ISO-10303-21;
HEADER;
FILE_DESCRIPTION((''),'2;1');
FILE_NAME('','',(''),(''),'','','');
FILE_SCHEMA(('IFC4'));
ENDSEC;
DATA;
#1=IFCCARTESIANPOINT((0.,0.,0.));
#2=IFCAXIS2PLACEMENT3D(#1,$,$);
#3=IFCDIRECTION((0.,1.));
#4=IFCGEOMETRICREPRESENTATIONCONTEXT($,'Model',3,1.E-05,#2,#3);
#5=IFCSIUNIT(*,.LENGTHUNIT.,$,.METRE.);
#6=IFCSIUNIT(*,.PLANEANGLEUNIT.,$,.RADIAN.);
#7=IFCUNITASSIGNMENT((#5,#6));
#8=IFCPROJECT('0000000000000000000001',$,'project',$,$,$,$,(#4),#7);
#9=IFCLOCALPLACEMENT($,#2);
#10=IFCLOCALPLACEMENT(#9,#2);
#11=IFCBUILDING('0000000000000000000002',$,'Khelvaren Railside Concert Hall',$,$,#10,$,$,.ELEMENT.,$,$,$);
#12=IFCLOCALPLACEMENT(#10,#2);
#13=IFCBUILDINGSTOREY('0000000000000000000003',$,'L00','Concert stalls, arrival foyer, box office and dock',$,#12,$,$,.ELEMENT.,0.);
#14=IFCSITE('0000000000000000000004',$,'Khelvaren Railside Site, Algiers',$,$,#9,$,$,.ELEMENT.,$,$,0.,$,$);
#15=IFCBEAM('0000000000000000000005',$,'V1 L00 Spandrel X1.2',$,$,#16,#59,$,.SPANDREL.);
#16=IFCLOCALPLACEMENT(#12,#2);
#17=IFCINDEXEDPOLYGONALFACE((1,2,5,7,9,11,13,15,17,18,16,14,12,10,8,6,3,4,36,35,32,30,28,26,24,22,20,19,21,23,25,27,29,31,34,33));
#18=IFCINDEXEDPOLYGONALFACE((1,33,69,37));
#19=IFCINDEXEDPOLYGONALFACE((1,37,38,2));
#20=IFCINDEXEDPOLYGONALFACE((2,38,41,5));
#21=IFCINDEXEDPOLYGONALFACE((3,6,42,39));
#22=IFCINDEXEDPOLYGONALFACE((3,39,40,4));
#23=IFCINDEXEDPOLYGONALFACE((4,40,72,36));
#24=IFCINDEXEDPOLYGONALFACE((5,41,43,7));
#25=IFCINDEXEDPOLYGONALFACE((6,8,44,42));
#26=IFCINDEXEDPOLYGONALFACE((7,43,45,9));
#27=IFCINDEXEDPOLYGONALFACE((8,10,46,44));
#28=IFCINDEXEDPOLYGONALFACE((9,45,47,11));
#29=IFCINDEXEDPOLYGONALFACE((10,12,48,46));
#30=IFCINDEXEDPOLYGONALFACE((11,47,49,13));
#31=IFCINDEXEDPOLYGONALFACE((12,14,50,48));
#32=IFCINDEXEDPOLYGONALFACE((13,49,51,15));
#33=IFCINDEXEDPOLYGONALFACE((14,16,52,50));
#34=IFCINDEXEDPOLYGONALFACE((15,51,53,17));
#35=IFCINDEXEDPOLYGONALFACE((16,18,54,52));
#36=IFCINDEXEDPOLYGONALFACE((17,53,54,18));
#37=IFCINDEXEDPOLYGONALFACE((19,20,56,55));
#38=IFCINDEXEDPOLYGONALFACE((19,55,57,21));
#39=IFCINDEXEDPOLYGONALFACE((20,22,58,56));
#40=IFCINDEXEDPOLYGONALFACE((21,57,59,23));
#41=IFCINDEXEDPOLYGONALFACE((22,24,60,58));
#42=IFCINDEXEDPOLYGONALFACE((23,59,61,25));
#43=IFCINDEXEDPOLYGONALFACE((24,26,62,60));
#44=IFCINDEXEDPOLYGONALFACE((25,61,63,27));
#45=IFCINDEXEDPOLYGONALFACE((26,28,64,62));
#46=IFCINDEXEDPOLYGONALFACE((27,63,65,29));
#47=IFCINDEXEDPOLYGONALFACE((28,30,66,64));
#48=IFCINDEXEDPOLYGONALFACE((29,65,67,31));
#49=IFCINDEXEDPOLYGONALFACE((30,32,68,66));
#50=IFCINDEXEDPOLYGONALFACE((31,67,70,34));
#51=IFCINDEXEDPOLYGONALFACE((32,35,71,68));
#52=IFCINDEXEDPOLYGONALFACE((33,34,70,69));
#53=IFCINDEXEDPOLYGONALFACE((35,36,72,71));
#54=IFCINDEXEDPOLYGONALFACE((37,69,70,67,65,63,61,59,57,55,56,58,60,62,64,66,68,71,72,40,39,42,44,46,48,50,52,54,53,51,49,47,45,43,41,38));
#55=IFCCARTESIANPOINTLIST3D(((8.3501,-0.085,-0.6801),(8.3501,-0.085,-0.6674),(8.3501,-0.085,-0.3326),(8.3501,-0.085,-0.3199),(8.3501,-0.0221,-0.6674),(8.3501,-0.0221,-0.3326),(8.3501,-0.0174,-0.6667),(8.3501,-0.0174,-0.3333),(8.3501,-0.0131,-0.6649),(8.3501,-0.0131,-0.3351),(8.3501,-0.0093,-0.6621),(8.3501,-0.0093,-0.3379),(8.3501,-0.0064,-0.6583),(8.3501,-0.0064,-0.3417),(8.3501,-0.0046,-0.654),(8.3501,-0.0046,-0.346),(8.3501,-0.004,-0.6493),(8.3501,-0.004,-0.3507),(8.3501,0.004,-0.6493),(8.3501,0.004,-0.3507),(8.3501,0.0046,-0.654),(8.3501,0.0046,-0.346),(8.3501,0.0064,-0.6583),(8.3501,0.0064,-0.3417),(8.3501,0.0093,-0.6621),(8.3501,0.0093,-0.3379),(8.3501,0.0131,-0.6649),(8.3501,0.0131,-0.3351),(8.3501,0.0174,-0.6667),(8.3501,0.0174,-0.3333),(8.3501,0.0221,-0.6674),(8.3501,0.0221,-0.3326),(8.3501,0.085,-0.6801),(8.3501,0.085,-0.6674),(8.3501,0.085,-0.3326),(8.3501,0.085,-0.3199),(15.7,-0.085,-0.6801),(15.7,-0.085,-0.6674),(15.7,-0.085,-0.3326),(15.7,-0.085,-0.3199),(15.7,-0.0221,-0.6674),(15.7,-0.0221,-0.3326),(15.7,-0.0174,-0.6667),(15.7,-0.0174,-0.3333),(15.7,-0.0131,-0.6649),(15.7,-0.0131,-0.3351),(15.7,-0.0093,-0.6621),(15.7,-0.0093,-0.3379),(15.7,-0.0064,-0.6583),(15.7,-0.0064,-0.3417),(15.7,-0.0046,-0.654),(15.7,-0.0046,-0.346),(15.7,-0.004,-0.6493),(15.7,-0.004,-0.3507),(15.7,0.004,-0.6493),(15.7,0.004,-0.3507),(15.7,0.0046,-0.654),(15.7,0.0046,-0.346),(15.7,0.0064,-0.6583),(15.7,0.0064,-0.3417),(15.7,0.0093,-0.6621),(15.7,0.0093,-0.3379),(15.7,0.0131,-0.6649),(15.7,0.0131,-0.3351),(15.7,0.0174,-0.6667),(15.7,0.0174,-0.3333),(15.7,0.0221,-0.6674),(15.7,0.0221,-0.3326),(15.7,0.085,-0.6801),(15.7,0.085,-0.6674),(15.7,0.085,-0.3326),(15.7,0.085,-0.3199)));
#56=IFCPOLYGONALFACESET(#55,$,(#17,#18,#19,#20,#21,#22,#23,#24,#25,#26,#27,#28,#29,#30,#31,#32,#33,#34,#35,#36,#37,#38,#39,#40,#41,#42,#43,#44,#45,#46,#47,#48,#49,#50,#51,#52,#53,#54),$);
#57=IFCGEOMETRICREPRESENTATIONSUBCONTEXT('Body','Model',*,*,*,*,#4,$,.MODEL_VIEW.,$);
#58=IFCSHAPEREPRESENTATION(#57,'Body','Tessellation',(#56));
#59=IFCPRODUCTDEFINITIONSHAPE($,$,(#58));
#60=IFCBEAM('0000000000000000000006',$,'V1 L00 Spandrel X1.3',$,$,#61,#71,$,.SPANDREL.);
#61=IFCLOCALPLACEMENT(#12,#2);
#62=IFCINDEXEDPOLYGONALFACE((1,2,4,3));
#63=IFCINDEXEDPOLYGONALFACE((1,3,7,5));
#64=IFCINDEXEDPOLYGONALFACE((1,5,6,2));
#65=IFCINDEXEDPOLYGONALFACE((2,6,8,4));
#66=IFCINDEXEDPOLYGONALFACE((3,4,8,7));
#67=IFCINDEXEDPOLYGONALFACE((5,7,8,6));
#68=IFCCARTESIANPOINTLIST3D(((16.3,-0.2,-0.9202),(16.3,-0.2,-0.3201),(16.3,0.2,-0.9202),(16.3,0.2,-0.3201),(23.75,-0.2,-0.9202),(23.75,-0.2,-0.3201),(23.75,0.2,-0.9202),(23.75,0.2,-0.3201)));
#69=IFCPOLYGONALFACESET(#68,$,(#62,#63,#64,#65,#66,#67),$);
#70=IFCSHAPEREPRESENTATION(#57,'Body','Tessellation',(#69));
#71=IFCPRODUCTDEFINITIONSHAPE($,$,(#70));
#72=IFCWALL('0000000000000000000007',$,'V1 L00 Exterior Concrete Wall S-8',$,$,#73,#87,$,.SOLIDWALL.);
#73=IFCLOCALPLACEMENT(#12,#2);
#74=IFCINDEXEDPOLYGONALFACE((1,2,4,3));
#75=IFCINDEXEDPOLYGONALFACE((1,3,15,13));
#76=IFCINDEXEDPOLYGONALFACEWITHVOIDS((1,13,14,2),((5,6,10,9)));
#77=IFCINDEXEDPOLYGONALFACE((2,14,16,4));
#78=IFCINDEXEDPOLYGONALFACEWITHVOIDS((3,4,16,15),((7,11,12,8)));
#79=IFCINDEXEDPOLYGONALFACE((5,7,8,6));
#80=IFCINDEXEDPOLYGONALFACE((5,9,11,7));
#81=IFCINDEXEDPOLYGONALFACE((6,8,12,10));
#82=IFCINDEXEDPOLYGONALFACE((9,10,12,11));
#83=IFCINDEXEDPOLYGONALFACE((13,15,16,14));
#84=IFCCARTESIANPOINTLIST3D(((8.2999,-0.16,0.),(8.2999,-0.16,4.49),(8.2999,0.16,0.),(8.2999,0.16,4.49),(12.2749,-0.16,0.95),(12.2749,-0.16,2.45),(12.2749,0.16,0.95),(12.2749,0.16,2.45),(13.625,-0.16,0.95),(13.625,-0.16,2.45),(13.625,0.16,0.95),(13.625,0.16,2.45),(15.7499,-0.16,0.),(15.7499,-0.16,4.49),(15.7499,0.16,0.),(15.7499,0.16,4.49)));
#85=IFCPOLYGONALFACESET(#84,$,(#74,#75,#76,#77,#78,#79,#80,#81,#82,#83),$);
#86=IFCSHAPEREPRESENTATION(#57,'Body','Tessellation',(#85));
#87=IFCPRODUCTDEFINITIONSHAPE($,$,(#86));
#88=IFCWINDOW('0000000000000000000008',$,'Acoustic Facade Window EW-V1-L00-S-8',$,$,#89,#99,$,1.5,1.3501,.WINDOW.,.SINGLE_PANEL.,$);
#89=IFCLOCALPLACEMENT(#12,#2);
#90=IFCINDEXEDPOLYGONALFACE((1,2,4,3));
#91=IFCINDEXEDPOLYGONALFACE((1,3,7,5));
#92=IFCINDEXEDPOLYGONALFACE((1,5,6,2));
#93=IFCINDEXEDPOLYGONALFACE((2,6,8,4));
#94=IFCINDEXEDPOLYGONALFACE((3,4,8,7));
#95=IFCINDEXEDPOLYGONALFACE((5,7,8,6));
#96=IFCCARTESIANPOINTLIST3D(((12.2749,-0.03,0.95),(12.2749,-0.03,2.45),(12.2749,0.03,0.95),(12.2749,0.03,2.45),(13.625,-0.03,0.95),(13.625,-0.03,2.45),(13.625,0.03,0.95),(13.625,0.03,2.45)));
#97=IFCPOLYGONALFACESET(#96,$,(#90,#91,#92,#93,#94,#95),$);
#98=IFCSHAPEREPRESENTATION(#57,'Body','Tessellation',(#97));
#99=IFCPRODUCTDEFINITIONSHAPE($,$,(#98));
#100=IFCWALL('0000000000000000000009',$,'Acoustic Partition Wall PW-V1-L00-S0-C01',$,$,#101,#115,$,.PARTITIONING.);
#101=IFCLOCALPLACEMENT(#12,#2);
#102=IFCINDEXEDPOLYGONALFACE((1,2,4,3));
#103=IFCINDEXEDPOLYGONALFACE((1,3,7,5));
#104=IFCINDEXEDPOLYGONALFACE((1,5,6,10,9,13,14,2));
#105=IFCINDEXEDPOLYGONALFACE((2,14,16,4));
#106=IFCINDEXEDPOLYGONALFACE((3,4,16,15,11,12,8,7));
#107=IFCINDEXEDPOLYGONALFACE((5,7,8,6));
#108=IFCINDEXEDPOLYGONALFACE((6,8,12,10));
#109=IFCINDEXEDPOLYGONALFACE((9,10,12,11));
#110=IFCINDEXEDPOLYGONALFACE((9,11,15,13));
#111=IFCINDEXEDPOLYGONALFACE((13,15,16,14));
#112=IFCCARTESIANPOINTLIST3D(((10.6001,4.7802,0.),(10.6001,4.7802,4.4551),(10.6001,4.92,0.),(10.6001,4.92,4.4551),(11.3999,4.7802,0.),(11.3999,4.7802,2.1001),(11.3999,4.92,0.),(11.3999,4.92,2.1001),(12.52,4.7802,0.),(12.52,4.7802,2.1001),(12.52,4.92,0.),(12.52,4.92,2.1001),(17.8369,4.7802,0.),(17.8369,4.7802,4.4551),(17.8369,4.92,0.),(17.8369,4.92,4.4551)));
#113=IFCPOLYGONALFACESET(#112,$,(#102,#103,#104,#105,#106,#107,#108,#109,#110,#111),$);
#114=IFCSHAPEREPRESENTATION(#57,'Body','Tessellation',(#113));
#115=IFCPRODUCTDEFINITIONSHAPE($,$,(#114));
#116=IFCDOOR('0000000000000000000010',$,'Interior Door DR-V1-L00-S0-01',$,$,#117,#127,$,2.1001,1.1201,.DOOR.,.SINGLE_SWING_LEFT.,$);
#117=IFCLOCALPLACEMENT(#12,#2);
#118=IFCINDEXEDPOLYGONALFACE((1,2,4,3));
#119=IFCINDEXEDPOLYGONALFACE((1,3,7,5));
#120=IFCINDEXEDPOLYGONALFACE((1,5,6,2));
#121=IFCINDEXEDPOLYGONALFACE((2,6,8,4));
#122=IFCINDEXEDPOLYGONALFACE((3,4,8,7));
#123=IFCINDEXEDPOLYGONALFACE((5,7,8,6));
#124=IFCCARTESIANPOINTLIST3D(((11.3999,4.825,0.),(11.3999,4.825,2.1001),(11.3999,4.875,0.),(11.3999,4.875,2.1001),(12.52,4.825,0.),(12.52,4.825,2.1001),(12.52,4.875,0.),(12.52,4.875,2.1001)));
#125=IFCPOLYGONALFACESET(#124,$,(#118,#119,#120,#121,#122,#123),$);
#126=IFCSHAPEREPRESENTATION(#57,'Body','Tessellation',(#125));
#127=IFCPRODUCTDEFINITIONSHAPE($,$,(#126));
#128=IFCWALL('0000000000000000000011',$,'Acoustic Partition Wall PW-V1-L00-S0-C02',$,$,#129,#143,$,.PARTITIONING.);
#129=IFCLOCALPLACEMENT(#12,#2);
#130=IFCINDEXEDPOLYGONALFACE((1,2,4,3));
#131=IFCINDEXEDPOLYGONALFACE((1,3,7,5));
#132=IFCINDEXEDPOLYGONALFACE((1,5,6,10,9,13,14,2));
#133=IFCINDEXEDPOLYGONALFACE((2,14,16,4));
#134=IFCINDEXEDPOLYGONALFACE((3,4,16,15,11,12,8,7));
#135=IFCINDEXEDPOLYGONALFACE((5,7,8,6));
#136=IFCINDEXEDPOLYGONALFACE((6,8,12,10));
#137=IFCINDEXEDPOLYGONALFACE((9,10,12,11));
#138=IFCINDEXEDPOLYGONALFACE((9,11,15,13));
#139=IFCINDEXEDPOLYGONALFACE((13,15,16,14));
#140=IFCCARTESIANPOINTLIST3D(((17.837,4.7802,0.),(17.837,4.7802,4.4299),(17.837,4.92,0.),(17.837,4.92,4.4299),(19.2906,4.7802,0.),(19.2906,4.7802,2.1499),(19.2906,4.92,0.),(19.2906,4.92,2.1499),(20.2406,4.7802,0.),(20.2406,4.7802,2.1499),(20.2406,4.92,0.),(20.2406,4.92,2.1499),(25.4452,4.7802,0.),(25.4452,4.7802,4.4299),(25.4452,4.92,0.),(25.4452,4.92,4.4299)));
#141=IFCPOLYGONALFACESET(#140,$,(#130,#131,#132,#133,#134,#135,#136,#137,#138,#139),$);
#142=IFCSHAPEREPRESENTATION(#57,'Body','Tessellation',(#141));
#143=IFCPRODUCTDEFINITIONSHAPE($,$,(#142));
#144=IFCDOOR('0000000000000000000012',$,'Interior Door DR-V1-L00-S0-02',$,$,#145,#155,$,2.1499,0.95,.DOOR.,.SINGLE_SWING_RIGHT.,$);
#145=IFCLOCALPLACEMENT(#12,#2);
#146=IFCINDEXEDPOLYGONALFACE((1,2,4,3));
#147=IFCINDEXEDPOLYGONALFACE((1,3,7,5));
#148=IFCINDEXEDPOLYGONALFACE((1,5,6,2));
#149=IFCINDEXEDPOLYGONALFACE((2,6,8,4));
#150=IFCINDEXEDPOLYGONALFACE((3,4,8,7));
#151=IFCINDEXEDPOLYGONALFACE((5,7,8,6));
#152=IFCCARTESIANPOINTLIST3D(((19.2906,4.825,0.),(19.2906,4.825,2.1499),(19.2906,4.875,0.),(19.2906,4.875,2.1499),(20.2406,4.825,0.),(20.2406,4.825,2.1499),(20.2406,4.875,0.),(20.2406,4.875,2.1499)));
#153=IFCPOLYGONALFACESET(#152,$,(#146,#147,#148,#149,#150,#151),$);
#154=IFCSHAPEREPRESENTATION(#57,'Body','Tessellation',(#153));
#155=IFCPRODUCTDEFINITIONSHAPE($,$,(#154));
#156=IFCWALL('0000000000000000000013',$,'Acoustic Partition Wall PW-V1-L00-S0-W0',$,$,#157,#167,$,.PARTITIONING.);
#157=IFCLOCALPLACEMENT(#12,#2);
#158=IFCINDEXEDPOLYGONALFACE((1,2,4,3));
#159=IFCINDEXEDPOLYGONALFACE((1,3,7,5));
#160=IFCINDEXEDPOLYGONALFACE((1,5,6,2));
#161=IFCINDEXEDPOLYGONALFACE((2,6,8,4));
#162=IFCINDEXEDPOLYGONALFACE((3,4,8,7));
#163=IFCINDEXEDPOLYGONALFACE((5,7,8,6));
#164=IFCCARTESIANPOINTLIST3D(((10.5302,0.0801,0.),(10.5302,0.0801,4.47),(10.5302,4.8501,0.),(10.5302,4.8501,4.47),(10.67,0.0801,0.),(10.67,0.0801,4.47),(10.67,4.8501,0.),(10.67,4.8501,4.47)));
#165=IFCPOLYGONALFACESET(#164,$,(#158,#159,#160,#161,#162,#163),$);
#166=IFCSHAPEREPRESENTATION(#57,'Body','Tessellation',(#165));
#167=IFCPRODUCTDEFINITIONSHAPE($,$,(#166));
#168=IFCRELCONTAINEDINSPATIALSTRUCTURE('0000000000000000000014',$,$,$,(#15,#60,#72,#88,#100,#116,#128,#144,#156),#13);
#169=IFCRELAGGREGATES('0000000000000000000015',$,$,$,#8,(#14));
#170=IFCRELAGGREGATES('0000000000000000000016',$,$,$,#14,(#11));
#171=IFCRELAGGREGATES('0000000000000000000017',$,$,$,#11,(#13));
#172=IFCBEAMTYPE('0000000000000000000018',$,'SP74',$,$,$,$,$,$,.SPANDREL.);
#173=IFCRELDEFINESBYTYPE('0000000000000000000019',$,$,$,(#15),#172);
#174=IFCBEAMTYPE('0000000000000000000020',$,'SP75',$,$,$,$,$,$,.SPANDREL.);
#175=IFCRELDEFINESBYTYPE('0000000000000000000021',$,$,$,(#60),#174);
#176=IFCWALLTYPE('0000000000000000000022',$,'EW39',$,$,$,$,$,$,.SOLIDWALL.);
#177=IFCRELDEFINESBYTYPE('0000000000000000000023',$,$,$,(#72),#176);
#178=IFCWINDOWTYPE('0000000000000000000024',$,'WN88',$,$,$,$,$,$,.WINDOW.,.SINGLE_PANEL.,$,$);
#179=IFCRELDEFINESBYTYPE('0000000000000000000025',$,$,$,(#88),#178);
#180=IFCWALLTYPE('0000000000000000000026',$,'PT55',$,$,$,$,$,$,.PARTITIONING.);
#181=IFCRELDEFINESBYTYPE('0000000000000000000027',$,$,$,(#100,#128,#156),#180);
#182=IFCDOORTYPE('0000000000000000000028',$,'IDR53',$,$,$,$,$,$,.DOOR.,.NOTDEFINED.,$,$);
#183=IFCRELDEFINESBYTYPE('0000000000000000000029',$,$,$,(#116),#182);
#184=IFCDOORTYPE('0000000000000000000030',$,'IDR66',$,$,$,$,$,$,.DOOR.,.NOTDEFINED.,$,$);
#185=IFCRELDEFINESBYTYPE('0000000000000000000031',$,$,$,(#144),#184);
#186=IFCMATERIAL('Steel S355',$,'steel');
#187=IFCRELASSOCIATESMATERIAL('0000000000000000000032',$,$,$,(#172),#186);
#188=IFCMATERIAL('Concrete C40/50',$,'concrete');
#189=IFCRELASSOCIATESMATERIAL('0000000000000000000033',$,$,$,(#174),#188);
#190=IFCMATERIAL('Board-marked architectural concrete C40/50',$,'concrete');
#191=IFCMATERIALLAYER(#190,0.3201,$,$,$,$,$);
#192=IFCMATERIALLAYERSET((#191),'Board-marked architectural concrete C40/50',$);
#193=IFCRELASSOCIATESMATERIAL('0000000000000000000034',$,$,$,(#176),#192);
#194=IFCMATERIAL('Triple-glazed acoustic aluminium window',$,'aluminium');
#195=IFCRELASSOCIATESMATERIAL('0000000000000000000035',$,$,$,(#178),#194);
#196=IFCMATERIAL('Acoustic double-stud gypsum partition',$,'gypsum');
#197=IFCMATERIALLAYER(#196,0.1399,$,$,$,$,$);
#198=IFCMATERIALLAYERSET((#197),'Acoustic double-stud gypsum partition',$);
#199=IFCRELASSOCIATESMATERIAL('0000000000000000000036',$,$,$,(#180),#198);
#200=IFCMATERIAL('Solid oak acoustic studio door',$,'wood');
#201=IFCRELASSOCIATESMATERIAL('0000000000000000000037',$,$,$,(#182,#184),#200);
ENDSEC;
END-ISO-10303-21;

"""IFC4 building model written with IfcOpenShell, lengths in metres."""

from ifc_helpers import new_model, si_unit, direction, frame, frame_2d, origin, origin_2d, place, context, subcontext, project, spatial, rectangle, i_section, extrude, material, layer, layer_set, material_profile, profile_set, type_object, element, fill, save


model = new_model("IFC4")

# Units and contexts
model_context = context("Model", 3, precision=1e-05, world=origin(), true_north=direction((0.0, 1.0)))
body_context = subcontext(model_context, "Body", "Model", "MODEL_VIEW")
ifc_project = project(units=[si_unit("LENGTHUNIT", "METRE"), si_unit("PLANEANGLEUNIT", "RADIAN")], contexts=[model_context])

# Site, building, storey
site_placement = place(None, origin())
site = spatial("IfcSite", under=ifc_project, at=site_placement, Name="Khelvaren Railside Site, Algiers", CompositionType="ELEMENT", RefElevation=0.0)
building_placement = place(site_placement, origin())
building = spatial("IfcBuilding", under=site, at=building_placement, Name="Khelvaren Railside Concert Hall", CompositionType="ELEMENT")
storey_placement = place(building_placement, origin())
storey = spatial("IfcBuildingStorey", under=building, at=storey_placement, Name="L00", Description="Concert stalls, arrival foyer, box office and dock", CompositionType="ELEMENT", Elevation=0.0)

# Beams
ifc_material_1 = material(Name="Steel S355", Category="steel")
ifc_material_profile_1 = material_profile(ifc_material_1, i_section(OverallWidth=0.1699, OverallDepth=0.3601, WebThickness=0.0081, FlangeThickness=0.0127, FilletRadius=0.0181, at=origin_2d()), Name="IPE 360")
ifc_profile_set_1 = profile_set([ifc_material_profile_1], Name="Steel S355")
beam_type_1 = type_object("IfcBeamType", Name="SP74", PredefinedType="SPANDREL", material=ifc_profile_set_1)
beam_1_placement = place(storey_placement, frame((8.3501, 0.0, -0.5), z_axis=(1.0, 0.0, 0.0), x_axis=(0.0, 1.0, 0.0)))
element("IfcBeam", 1, at=beam_1_placement, inside=storey, type_object=beam_type_1, Name="V1 L00 Spandrel X1.2", PredefinedType="SPANDREL", context=body_context, shape_type="SweptSolid", body=[
    extrude(i_section(OverallWidth=0.1699, OverallDepth=0.3601, WebThickness=0.0081, FlangeThickness=0.0127, FilletRadius=0.0181, at=origin_2d()), origin(), (0.0, 0.0, 1.0), 7.3499),
])
ifc_material_2 = material(Name="Concrete C40/50", Category="concrete")
ifc_material_profile_2 = material_profile(ifc_material_2, rectangle(XDim=0.3999, YDim=0.6001, at=origin_2d()), Name="RCB 400x600")
ifc_profile_set_2 = profile_set([ifc_material_profile_2], Name="Concrete C40/50")
beam_type_2 = type_object("IfcBeamType", Name="SP75", PredefinedType="SPANDREL", material=ifc_profile_set_2)
beam_2_placement = place(storey_placement, frame((16.3, 0.0, -0.6201), z_axis=(1.0, 0.0, 0.0), x_axis=(0.0, 1.0, 0.0)))
element("IfcBeam", 2, at=beam_2_placement, inside=storey, type_object=beam_type_2, Name="V1 L00 Spandrel X1.3", PredefinedType="SPANDREL", context=body_context, shape_type="SweptSolid", body=[
    extrude(rectangle(XDim=0.3999, YDim=0.6001, at=origin_2d()), origin(), (0.0, 0.0, 1.0), 7.45),
])

# Wall, opening, window
ifc_material_3 = material(Name="Board-marked architectural concrete C40/50", Category="concrete")
ifc_layer_1 = layer(ifc_material_3, 0.3201)
ifc_layer_set_1 = layer_set([ifc_layer_1], Name="Board-marked architectural concrete C40/50")
wall_type_1 = type_object("IfcWallType", Name="EW39", PredefinedType="SOLIDWALL", material=ifc_layer_set_1)
wall_1_placement = place(storey_placement, frame((15.75, 0.0, 0.0), z_axis=(0.0, 0.0, 1.0), x_axis=(-1.0, 0.0, 0.0)))
wall_1 = element("IfcWall", 3, at=wall_1_placement, inside=storey, type_object=wall_type_1, Name="V1 L00 Exterior Concrete Wall S-8", PredefinedType="SOLIDWALL", context=body_context, shape_type="SweptSolid", body=[
    extrude(rectangle(XDim=7.45, YDim=0.3201, at=frame_2d((3.7251, 0.0))), origin(), (0.0, 0.0, 1.0), 4.49),
])
opening_1_placement = place(wall_1_placement, frame((2.125, 0.0, 0.95)))
opening_1 = element("IfcOpeningElement", 4, at=opening_1_placement, cuts=wall_1, PredefinedType="OPENING", context=body_context, shape_type="SweptSolid", body=[
    extrude(rectangle(XDim=1.3501, YDim=1.5, at=frame_2d((0.675, 0.75))), frame((0.0, 0.1699, 0.0), z_axis=(0.0, -1.0, 0.0), x_axis=(1.0, 0.0, 0.0)), (0.0, 0.0, 1.0), 0.3401),
])
ifc_material_4 = material(Name="Triple-glazed acoustic aluminium window", Category="aluminium")
window_type = type_object("IfcWindowType", Name="WN88", PartitioningType="SINGLE_PANEL", PredefinedType="WINDOW", material=ifc_material_4)
window_placement = place(opening_1_placement, origin())
window = element("IfcWindow", 5, at=window_placement, inside=storey, type_object=window_type, Name="Acoustic Facade Window EW-V1-L00-S-8", OverallHeight=1.5, OverallWidth=1.3501, PartitioningType="SINGLE_PANEL", PredefinedType="WINDOW", context=body_context, shape_type="SweptSolid", body=[
    extrude(rectangle(XDim=1.3501, YDim=1.5, at=frame_2d((0.675, 0.75))), frame((0.0, 0.03, 0.0), z_axis=(0.0, -1.0, 0.0), x_axis=(1.0, 0.0, 0.0)), (0.0, 0.0, 1.0), 0.0601),
])
fill(opening_1, window)

# Walls, openings, doors
ifc_material_5 = material(Name="Acoustic double-stud gypsum partition", Category="gypsum")
ifc_layer_2 = layer(ifc_material_5, 0.1399)
ifc_layer_set_2 = layer_set([ifc_layer_2], Name="Acoustic double-stud gypsum partition")
wall_type_2 = type_object("IfcWallType", Name="PT55", PredefinedType="PARTITIONING", material=ifc_layer_set_2)
wall_2_placement = place(storey_placement, frame((10.6001, 4.8501, 0.0), z_axis=(0.0, 0.0, 1.0), x_axis=(1.0, 0.0, 0.0)))
wall_2 = element("IfcWall", 6, at=wall_2_placement, inside=storey, type_object=wall_type_2, Name="Acoustic Partition Wall PW-V1-L00-S0-C01", PredefinedType="PARTITIONING", context=body_context, shape_type="SweptSolid", body=[
    extrude(rectangle(XDim=7.2368, YDim=0.1399, at=frame_2d((3.6184, 0.0))), origin(), (0.0, 0.0, 1.0), 4.4551),
])
opening_2_placement = place(wall_2_placement, frame((0.7998, 0.0, 0.0)))
opening_2 = element("IfcOpeningElement", 7, at=opening_2_placement, cuts=wall_2, PredefinedType="OPENING", context=body_context, shape_type="SweptSolid", body=[
    extrude(rectangle(XDim=1.1201, YDim=2.1001, at=frame_2d((0.5601, 1.05))), frame((0.0, 0.0798, 0.0), z_axis=(0.0, -1.0, 0.0), x_axis=(1.0, 0.0, 0.0)), (0.0, 0.0, 1.0), 0.1599),
])
ifc_material_6 = material(Name="Solid oak acoustic studio door", Category="wood")
door_type_1 = type_object("IfcDoorType", Name="IDR53", OperationType="NOTDEFINED", PredefinedType="DOOR", material=ifc_material_6)
door_1_placement = place(opening_2_placement, origin())
door_1 = element("IfcDoor", 8, at=door_1_placement, inside=storey, type_object=door_type_1, Name="Interior Door DR-V1-L00-S0-01", OperationType="SINGLE_SWING_LEFT", OverallHeight=2.1001, OverallWidth=1.1201, PredefinedType="DOOR", context=body_context, shape_type="SweptSolid", body=[
    extrude(rectangle(XDim=1.1201, YDim=2.1001, at=frame_2d((0.5601, 1.05))), frame((0.0, 0.0249, 0.0), z_axis=(0.0, -1.0, 0.0), x_axis=(1.0, 0.0, 0.0)), (0.0, 0.0, 1.0), 0.05),
])
fill(opening_2, door_1)
wall_3_placement = place(storey_placement, frame((17.8369, 4.8501, 0.0), z_axis=(0.0, 0.0, 1.0), x_axis=(1.0, 0.0, 0.0)))
wall_3 = element("IfcWall", 9, at=wall_3_placement, inside=storey, type_object=wall_type_2, Name="Acoustic Partition Wall PW-V1-L00-S0-C02", PredefinedType="PARTITIONING", context=body_context, shape_type="SweptSolid", body=[
    extrude(rectangle(XDim=7.6082, YDim=0.1399, at=frame_2d((3.8042, 0.0))), origin(), (0.0, 0.0, 1.0), 4.4299),
])
opening_3_placement = place(wall_3_placement, frame((1.4536, 0.0, 0.0)))
opening_3 = element("IfcOpeningElement", 10, at=opening_3_placement, cuts=wall_3, PredefinedType="OPENING", context=body_context, shape_type="SweptSolid", body=[
    extrude(rectangle(XDim=0.95, YDim=2.1499, at=frame_2d((0.4751, 1.075))), frame((0.0, 0.0798, 0.0), z_axis=(0.0, -1.0, 0.0), x_axis=(1.0, 0.0, 0.0)), (0.0, 0.0, 1.0), 0.1599),
])
door_type_2 = type_object("IfcDoorType", Name="IDR66", OperationType="NOTDEFINED", PredefinedType="DOOR", material=ifc_material_6)
door_2_placement = place(opening_3_placement, origin())
door_2 = element("IfcDoor", 11, at=door_2_placement, inside=storey, type_object=door_type_2, Name="Interior Door DR-V1-L00-S0-02", OperationType="SINGLE_SWING_RIGHT", OverallHeight=2.1499, OverallWidth=0.95, PredefinedType="DOOR", context=body_context, shape_type="SweptSolid", body=[
    extrude(rectangle(XDim=0.95, YDim=2.1499, at=frame_2d((0.4751, 1.075))), frame((0.0, 0.0249, 0.0), z_axis=(0.0, -1.0, 0.0), x_axis=(1.0, 0.0, 0.0)), (0.0, 0.0, 1.0), 0.05),
])
fill(opening_3, door_2)

# Wall
wall_4_placement = place(storey_placement, frame((10.6001, 0.0801, 0.0), z_axis=(0.0, 0.0, 1.0), x_axis=(0.0, 1.0, 0.0)))
element("IfcWall", 12, at=wall_4_placement, inside=storey, type_object=wall_type_2, Name="Acoustic Partition Wall PW-V1-L00-S0-W0", PredefinedType="PARTITIONING", context=body_context, shape_type="SweptSolid", body=[
    extrude(rectangle(XDim=4.77, YDim=0.1399, at=frame_2d((2.385, 0.0))), origin(), (0.0, 0.0, 1.0), 4.47),
])

save(model, "model.ifc")
